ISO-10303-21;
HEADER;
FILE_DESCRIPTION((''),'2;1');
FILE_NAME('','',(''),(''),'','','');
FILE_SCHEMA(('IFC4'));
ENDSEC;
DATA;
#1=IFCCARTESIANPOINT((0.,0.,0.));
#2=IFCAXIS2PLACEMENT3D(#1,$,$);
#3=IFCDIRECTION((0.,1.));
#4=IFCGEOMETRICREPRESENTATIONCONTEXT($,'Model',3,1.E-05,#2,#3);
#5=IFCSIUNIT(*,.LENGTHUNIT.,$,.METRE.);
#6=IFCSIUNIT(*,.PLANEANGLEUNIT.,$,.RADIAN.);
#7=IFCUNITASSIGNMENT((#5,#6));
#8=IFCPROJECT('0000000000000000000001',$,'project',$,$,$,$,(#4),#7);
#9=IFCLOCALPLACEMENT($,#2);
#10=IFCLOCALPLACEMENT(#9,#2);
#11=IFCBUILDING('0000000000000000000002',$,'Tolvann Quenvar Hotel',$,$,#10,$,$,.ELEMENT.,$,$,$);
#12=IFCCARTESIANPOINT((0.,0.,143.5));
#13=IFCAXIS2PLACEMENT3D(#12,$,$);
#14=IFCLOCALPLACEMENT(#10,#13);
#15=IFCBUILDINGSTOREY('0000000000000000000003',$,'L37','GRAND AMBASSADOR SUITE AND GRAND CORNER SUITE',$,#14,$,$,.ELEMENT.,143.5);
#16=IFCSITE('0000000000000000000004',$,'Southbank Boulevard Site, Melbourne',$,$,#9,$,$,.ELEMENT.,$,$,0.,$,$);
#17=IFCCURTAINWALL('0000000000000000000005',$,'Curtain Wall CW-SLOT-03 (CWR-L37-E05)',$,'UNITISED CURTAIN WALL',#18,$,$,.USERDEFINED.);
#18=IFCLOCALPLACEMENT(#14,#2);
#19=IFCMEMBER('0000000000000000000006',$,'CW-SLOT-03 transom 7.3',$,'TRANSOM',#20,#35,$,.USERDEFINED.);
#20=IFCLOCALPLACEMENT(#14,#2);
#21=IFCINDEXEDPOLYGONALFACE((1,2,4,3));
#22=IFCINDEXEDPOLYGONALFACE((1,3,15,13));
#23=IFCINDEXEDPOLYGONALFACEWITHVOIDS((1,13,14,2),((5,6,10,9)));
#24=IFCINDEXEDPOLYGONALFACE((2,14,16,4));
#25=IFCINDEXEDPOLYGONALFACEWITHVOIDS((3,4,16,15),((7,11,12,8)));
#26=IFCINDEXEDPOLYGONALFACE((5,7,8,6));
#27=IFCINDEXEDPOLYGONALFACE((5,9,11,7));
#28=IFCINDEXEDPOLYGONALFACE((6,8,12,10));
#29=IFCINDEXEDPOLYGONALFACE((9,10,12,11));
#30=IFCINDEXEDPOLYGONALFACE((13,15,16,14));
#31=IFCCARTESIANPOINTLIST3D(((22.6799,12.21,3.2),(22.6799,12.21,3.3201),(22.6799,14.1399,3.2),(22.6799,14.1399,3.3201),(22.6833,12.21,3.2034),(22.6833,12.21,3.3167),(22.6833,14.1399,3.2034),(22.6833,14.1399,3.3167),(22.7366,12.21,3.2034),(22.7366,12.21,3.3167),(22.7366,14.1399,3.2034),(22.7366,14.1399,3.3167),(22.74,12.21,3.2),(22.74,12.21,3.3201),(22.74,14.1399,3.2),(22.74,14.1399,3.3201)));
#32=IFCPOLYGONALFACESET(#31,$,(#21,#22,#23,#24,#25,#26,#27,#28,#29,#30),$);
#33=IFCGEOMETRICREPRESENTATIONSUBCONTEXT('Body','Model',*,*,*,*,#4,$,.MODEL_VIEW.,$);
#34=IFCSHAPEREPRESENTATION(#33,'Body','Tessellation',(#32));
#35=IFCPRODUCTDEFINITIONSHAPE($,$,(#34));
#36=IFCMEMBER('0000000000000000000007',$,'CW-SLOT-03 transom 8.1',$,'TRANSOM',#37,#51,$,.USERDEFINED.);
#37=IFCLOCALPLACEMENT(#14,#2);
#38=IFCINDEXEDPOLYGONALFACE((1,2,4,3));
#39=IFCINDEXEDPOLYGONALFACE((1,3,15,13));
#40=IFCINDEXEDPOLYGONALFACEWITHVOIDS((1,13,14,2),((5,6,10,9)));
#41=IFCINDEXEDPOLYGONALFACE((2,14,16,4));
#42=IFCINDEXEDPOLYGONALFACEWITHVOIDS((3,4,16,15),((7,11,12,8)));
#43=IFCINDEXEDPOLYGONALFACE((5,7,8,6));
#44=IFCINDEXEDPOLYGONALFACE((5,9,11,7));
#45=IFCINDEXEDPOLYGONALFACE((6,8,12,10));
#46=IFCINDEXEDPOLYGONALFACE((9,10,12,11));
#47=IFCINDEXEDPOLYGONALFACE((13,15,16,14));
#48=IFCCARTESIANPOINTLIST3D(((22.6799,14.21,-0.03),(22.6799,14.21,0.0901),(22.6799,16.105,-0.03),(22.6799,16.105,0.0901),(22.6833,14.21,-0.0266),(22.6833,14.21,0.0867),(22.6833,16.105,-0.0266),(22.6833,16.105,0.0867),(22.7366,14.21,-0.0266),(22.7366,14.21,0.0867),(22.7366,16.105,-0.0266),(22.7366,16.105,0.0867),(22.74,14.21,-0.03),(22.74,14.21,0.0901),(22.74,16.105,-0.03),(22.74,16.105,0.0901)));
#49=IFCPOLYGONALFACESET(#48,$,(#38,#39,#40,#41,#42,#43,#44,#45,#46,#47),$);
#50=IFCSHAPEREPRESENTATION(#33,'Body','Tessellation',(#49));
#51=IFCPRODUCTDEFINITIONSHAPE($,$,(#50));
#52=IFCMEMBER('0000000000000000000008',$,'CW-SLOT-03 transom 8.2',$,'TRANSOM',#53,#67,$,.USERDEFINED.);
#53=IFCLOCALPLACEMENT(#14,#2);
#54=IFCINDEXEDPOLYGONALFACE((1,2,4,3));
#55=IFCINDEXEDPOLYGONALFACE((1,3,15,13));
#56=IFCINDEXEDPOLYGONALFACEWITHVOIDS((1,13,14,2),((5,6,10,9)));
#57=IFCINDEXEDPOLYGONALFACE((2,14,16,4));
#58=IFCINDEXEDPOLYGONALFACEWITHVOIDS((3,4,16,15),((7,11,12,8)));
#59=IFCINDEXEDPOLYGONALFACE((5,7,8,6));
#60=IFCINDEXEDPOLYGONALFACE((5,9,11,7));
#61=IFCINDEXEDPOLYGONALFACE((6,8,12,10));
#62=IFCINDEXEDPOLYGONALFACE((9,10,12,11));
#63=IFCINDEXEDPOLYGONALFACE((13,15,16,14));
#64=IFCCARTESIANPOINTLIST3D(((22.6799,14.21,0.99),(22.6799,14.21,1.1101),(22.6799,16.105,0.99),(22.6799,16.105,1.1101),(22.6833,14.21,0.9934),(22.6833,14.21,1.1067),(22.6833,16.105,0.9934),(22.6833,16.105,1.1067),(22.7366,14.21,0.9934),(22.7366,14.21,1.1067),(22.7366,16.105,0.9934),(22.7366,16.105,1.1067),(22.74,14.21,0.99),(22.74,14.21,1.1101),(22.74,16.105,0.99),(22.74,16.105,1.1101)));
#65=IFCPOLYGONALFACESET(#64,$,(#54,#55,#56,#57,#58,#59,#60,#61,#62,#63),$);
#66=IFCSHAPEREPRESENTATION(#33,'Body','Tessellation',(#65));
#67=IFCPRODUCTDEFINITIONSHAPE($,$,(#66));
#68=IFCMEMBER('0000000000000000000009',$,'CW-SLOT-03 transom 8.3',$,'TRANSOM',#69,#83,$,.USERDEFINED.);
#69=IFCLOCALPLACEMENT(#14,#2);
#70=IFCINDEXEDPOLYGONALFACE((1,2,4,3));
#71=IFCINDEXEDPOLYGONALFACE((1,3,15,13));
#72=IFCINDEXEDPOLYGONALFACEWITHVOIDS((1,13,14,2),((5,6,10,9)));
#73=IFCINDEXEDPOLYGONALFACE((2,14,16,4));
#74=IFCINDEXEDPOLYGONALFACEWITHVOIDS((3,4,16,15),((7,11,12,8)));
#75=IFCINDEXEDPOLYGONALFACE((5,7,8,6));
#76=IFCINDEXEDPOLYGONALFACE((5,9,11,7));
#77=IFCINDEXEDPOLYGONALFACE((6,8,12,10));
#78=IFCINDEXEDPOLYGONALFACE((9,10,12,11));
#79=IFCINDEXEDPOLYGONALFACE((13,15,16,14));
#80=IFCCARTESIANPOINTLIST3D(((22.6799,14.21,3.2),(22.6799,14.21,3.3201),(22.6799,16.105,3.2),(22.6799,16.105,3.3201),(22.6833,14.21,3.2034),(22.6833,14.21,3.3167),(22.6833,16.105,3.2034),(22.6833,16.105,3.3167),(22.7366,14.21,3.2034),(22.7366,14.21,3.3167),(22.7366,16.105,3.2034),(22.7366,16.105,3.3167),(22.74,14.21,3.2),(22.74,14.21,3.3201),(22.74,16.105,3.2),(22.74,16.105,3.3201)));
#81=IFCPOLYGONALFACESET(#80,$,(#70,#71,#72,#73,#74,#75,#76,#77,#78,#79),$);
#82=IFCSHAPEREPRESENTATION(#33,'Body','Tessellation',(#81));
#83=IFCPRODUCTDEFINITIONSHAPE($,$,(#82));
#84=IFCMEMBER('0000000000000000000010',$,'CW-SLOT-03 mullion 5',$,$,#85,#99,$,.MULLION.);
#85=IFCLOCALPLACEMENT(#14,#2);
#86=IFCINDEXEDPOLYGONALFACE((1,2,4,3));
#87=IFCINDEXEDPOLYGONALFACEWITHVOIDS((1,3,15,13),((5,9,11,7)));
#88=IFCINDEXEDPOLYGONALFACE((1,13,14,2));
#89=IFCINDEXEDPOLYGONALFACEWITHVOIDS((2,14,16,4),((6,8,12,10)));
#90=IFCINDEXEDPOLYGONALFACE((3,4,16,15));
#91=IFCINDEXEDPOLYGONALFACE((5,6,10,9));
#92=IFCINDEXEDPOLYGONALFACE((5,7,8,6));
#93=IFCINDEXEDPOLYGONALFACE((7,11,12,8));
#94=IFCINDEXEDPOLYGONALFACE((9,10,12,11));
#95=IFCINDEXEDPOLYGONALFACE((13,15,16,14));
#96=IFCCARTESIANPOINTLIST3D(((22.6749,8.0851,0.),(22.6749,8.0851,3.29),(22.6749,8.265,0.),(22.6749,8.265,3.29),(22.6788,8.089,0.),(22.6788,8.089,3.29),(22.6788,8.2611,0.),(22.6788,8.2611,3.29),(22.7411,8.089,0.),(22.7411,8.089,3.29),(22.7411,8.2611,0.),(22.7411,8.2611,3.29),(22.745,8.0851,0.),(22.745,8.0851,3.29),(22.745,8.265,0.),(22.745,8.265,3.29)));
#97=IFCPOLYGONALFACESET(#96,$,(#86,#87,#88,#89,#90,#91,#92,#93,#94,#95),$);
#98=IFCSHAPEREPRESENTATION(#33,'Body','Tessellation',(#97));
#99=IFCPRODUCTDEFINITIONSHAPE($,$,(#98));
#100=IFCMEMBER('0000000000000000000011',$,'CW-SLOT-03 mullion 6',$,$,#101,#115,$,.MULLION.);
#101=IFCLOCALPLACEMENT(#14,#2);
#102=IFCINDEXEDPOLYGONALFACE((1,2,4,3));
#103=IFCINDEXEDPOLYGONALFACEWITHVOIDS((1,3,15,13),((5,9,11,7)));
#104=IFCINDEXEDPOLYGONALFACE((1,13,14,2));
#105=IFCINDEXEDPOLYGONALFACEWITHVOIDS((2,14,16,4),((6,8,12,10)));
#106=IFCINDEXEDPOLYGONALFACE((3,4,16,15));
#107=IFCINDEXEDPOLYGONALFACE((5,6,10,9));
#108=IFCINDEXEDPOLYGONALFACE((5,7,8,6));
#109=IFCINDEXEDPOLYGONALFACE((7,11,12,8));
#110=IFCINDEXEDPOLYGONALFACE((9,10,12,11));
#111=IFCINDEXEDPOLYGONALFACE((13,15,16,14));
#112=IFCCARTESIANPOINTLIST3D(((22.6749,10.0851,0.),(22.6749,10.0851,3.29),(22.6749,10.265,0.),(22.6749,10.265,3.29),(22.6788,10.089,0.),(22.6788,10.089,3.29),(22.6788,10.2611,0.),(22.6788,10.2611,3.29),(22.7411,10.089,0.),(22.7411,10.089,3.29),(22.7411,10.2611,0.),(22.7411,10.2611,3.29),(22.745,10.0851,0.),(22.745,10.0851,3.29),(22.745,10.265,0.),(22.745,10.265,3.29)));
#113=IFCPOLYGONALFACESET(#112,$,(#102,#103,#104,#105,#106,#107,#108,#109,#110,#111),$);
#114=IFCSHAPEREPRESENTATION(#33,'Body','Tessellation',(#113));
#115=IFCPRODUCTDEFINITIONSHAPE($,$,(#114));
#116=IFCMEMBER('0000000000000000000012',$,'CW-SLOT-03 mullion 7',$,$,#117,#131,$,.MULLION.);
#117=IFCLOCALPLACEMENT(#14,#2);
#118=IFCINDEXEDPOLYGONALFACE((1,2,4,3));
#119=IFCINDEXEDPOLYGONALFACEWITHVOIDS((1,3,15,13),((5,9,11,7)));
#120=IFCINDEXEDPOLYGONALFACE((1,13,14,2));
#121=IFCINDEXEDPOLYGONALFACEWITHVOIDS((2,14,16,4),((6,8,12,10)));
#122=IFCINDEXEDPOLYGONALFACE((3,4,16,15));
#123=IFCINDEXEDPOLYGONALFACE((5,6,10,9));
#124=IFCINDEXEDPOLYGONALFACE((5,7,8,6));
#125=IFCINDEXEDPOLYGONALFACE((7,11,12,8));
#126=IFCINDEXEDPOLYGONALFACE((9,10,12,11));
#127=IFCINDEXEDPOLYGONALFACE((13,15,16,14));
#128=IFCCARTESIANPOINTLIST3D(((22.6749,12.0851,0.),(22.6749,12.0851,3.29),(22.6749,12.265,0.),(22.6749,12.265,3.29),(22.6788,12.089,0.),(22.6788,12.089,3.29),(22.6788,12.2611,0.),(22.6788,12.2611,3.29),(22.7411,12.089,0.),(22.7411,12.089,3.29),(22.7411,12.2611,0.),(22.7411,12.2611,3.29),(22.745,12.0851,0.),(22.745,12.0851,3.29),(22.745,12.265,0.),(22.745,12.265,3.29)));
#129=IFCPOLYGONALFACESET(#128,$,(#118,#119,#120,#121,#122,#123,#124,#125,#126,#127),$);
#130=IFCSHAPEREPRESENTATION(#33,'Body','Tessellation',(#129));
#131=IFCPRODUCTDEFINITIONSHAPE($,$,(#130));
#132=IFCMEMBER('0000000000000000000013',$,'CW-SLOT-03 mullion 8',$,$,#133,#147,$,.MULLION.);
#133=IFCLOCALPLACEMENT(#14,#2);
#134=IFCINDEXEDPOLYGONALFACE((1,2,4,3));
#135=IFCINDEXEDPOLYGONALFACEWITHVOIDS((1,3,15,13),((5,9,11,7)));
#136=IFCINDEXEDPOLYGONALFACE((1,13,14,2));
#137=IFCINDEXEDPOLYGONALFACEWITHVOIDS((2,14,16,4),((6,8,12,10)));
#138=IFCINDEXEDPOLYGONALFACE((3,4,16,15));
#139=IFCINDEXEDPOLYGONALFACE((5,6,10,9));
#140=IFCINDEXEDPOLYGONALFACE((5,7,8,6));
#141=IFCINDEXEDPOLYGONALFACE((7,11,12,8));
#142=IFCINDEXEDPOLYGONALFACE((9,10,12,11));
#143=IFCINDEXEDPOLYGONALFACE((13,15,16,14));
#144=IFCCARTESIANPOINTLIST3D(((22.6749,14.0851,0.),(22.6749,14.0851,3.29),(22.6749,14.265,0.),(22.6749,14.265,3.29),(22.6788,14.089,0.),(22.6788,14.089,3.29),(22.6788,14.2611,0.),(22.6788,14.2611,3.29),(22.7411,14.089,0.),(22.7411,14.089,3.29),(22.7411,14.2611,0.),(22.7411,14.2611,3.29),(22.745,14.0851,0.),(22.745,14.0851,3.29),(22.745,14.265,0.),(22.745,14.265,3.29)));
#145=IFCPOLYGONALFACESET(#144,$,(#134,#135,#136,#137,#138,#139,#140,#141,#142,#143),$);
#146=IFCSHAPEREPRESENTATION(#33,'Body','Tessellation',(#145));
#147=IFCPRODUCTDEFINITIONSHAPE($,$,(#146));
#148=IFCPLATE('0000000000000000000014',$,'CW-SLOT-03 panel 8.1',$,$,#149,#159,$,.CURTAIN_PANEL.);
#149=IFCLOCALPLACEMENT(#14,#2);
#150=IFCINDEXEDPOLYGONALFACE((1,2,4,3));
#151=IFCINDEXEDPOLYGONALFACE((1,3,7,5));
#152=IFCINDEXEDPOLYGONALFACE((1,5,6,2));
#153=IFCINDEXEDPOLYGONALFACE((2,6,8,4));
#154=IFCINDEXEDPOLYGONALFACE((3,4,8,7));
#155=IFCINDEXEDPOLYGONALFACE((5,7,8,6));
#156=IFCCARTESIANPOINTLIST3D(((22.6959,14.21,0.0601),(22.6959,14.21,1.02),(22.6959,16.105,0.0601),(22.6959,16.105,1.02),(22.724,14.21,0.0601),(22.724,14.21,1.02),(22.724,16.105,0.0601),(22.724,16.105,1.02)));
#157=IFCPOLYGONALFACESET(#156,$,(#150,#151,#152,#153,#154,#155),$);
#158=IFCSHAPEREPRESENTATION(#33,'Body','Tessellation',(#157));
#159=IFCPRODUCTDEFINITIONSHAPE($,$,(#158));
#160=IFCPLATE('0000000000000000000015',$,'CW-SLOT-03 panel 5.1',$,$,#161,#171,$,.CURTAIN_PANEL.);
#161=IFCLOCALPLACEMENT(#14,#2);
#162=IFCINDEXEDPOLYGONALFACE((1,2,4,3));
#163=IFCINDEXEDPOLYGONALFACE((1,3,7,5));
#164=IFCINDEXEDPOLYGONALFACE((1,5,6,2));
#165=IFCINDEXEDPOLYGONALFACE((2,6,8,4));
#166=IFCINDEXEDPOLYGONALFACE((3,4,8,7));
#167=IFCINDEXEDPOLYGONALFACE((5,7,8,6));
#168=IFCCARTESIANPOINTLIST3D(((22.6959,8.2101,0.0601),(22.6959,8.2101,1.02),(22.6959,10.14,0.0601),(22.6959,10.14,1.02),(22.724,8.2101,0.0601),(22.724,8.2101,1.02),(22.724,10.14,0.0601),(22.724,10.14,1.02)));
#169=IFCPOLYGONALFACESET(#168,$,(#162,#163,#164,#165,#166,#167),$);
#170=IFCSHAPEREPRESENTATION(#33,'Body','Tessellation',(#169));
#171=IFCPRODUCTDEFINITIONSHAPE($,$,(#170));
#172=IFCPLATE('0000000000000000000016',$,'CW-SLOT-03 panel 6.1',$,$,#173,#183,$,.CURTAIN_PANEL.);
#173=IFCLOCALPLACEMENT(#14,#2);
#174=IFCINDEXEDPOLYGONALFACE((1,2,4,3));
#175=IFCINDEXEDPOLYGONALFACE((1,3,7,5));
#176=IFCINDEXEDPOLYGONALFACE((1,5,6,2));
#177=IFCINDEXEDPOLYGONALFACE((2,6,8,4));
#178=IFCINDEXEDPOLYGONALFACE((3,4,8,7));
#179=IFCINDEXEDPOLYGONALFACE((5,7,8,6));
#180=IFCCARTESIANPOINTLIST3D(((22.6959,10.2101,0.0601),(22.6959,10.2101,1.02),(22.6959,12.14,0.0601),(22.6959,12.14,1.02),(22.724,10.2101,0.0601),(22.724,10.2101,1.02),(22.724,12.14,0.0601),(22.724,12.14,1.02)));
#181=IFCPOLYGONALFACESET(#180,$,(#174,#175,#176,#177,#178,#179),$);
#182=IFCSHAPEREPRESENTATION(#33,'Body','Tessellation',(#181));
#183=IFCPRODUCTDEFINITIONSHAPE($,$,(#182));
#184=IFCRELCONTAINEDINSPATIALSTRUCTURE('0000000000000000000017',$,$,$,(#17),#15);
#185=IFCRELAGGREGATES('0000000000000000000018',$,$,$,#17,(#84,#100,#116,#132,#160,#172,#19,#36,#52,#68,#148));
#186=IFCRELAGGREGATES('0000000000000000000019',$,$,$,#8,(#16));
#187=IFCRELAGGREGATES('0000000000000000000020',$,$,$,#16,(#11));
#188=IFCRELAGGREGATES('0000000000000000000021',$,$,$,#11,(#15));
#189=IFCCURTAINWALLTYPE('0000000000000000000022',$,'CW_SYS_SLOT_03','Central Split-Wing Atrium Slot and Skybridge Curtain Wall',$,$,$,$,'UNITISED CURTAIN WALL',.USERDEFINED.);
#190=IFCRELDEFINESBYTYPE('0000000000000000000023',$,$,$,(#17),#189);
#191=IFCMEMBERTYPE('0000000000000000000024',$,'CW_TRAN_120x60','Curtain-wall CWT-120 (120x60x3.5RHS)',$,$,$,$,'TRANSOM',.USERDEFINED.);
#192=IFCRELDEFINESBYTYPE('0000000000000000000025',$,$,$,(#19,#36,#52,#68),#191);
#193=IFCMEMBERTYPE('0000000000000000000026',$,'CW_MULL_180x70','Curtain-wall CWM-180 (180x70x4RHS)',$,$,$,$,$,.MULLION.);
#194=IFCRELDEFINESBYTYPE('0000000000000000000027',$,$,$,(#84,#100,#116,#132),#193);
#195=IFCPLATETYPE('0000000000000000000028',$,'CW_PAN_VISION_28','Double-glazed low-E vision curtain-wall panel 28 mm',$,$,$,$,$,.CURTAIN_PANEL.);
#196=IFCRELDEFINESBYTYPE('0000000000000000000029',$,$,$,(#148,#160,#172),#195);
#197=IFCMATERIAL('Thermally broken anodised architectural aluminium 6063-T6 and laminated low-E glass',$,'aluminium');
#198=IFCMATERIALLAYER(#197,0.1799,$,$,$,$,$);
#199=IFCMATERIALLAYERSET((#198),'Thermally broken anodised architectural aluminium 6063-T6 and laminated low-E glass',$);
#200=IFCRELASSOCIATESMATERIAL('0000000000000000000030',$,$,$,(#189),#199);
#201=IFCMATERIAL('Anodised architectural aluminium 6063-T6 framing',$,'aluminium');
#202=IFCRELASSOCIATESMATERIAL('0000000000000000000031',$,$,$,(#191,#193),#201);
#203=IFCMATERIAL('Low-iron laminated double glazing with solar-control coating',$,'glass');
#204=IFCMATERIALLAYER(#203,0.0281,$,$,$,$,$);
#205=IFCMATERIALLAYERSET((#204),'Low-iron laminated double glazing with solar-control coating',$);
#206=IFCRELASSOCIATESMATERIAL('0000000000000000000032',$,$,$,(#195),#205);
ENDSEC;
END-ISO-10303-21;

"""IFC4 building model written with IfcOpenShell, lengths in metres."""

from ifc_helpers import new_model, si_unit, direction, frame, origin, origin_2d, place, context, subcontext, project, spatial, rectangle, hollow_rectangle, extrude, source, transform, mapped, material, layer, layer_set, material_profile, profile_set, type_object, type_shapes, element, aggregate, save


model = new_model("IFC4")

# Units and contexts
model_context = context("Model", 3, precision=1e-05, world=origin(), true_north=direction((0.0, 1.0)))
body_context = subcontext(model_context, "Body", "Model", "MODEL_VIEW")
ifc_project = project(units=[si_unit("LENGTHUNIT", "METRE"), si_unit("PLANEANGLEUNIT", "RADIAN")], contexts=[model_context])

# Site, building, storey
site_placement = place(None, origin())
site = spatial("IfcSite", under=ifc_project, at=site_placement, Name="Southbank Boulevard Site, Melbourne", CompositionType="ELEMENT", RefElevation=0.0)
building_placement = place(site_placement, origin())
building = spatial("IfcBuilding", under=site, at=building_placement, Name="Tolvann Quenvar Hotel", CompositionType="ELEMENT")
storey_placement = place(building_placement, frame((0.0, 0.0, 143.5)))
storey = spatial("IfcBuildingStorey", under=building, at=storey_placement, Name="L37", Description="GRAND AMBASSADOR SUITE AND GRAND CORNER SUITE", CompositionType="ELEMENT", Elevation=143.5)

# Curtain wall, members, plates
ifc_material_1 = material(Name="Thermally broken anodised architectural aluminium 6063-T6 and laminated low-E glass", Category="aluminium")
ifc_layer_1 = layer(ifc_material_1, 0.1799)
ifc_layer_set_1 = layer_set([ifc_layer_1], Name="Thermally broken anodised architectural aluminium 6063-T6 and laminated low-E glass")
curtain_wall_type = type_object("IfcCurtainWallType", Name="CW_SYS_SLOT_03", Description="Central Split-Wing Atrium Slot and Skybridge Curtain Wall", ElementType="UNITISED CURTAIN WALL", PredefinedType="USERDEFINED", material=ifc_layer_set_1)
curtain_wall_placement = place(storey_placement, origin())
curtain_wall = element("IfcCurtainWall", 1, at=curtain_wall_placement, inside=storey, type_object=curtain_wall_type, Name="Curtain Wall CW-SLOT-03 (CWR-L37-E05)", ObjectType="UNITISED CURTAIN WALL", PredefinedType="USERDEFINED")
ifc_material_2 = material(Name="Anodised architectural aluminium 6063-T6 framing", Category="aluminium")
ifc_material_profile_1 = material_profile(ifc_material_2, hollow_rectangle(XDim=0.0601, YDim=0.1201, WallThickness=0.0034, at=origin_2d()), Name="120x60x3.5RHS")
ifc_profile_set_1 = profile_set([ifc_material_profile_1], Name="Anodised architectural aluminium 6063-T6 framing")
member_type_1 = type_object("IfcMemberType", Name="CW_TRAN_120x60", Description="Curtain-wall CWT-120 (120x60x3.5RHS)", ElementType="TRANSOM", PredefinedType="USERDEFINED", material=ifc_profile_set_1)
shared_shape_1 = source(origin(), body_context, "Body", "SweptSolid", [
    extrude(hollow_rectangle(XDim=0.0601, YDim=0.1201, WallThickness=0.0034, at=origin_2d()), origin(), (0.0, 0.0, 1.0), 1.9299),
])
member_1_placement = place(storey_placement, frame((22.71, 12.21, 3.26), z_axis=(0.0, 1.0, 0.0), x_axis=(-1.0, 0.0, 0.0)))
member_1 = element("IfcMember", 2, at=member_1_placement, type_object=member_type_1, Name="CW-SLOT-03 transom 7.3", ObjectType="TRANSOM", PredefinedType="USERDEFINED", context=body_context, shape_type="MappedRepresentation", body=[
    mapped(shared_shape_1, transform((0.0, 0.0, 0.0), x_axis=(1.0, 0.0, 0.0), y_axis=(0.0, 1.0, 0.0), z_axis=(0.0, 0.0, 1.0), scale=1.0)),
])
shared_shape_2 = source(origin(), body_context, "Body", "SweptSolid", [
    extrude(hollow_rectangle(XDim=0.0601, YDim=0.1201, WallThickness=0.0034, at=origin_2d()), origin(), (0.0, 0.0, 1.0), 1.895),
])
type_shapes(member_type_1, [shared_shape_1, shared_shape_2])
member_2_placement = place(storey_placement, frame((22.71, 14.21, 0.03), z_axis=(0.0, 1.0, 0.0), x_axis=(-1.0, 0.0, 0.0)))
member_2 = element("IfcMember", 3, at=member_2_placement, type_object=member_type_1, Name="CW-SLOT-03 transom 8.1", ObjectType="TRANSOM", PredefinedType="USERDEFINED", context=body_context, shape_type="MappedRepresentation", body=[
    mapped(shared_shape_2, transform((0.0, 0.0, 0.0), x_axis=(1.0, 0.0, 0.0), y_axis=(0.0, 1.0, 0.0), z_axis=(0.0, 0.0, 1.0), scale=1.0)),
])
member_3_placement = place(storey_placement, frame((22.71, 14.21, 1.05), z_axis=(0.0, 1.0, 0.0), x_axis=(-1.0, 0.0, 0.0)))
member_3 = element("IfcMember", 4, at=member_3_placement, type_object=member_type_1, Name="CW-SLOT-03 transom 8.2", ObjectType="TRANSOM", PredefinedType="USERDEFINED", context=body_context, shape_type="MappedRepresentation", body=[
    mapped(shared_shape_2, transform((0.0, 0.0, 0.0), x_axis=(1.0, 0.0, 0.0), y_axis=(0.0, 1.0, 0.0), z_axis=(0.0, 0.0, 1.0), scale=1.0)),
])
member_4_placement = place(storey_placement, frame((22.71, 14.21, 3.26), z_axis=(0.0, 1.0, 0.0), x_axis=(-1.0, 0.0, 0.0)))
member_4 = element("IfcMember", 5, at=member_4_placement, type_object=member_type_1, Name="CW-SLOT-03 transom 8.3", ObjectType="TRANSOM", PredefinedType="USERDEFINED", context=body_context, shape_type="MappedRepresentation", body=[
    mapped(shared_shape_2, transform((0.0, 0.0, 0.0), x_axis=(1.0, 0.0, 0.0), y_axis=(0.0, 1.0, 0.0), z_axis=(0.0, 0.0, 1.0), scale=1.0)),
])
ifc_material_profile_2 = material_profile(ifc_material_2, hollow_rectangle(XDim=0.0701, YDim=0.1799, WallThickness=0.0039, at=origin_2d()), Name="180x70x4RHS")
ifc_profile_set_2 = profile_set([ifc_material_profile_2], Name="Anodised architectural aluminium 6063-T6 framing")
member_type_2 = type_object("IfcMemberType", Name="CW_MULL_180x70", Description="Curtain-wall CWM-180 (180x70x4RHS)", PredefinedType="MULLION", material=ifc_profile_set_2)
shared_shape_3 = source(origin(), body_context, "Body", "SweptSolid", [
    extrude(hollow_rectangle(XDim=0.0701, YDim=0.1799, WallThickness=0.0039, at=origin_2d()), origin(), (0.0, 0.0, 1.0), 3.29),
])
type_shapes(member_type_2, [shared_shape_3])
member_5_placement = place(storey_placement, frame((22.71, 8.175, 0.0), z_axis=(0.0, 0.0, 1.0), x_axis=(-1.0, 0.0, 0.0)))
member_5 = element("IfcMember", 6, at=member_5_placement, type_object=member_type_2, Name="CW-SLOT-03 mullion 5", PredefinedType="MULLION", context=body_context, shape_type="MappedRepresentation", body=[
    mapped(shared_shape_3, transform((0.0, 0.0, 0.0), x_axis=(1.0, 0.0, 0.0), y_axis=(0.0, 1.0, 0.0), z_axis=(0.0, 0.0, 1.0), scale=1.0)),
])
member_6_placement = place(storey_placement, frame((22.71, 10.175, 0.0), z_axis=(0.0, 0.0, 1.0), x_axis=(-1.0, 0.0, 0.0)))
member_6 = element("IfcMember", 7, at=member_6_placement, type_object=member_type_2, Name="CW-SLOT-03 mullion 6", PredefinedType="MULLION", context=body_context, shape_type="MappedRepresentation", body=[
    mapped(shared_shape_3, transform((0.0, 0.0, 0.0), x_axis=(1.0, 0.0, 0.0), y_axis=(0.0, 1.0, 0.0), z_axis=(0.0, 0.0, 1.0), scale=1.0)),
])
member_7_placement = place(storey_placement, frame((22.71, 12.175, 0.0), z_axis=(0.0, 0.0, 1.0), x_axis=(-1.0, 0.0, 0.0)))
member_7 = element("IfcMember", 8, at=member_7_placement, type_object=member_type_2, Name="CW-SLOT-03 mullion 7", PredefinedType="MULLION", context=body_context, shape_type="MappedRepresentation", body=[
    mapped(shared_shape_3, transform((0.0, 0.0, 0.0), x_axis=(1.0, 0.0, 0.0), y_axis=(0.0, 1.0, 0.0), z_axis=(0.0, 0.0, 1.0), scale=1.0)),
])
member_8_placement = place(storey_placement, frame((22.71, 14.175, 0.0), z_axis=(0.0, 0.0, 1.0), x_axis=(-1.0, 0.0, 0.0)))
member_8 = element("IfcMember", 9, at=member_8_placement, type_object=member_type_2, Name="CW-SLOT-03 mullion 8", PredefinedType="MULLION", context=body_context, shape_type="MappedRepresentation", body=[
    mapped(shared_shape_3, transform((0.0, 0.0, 0.0), x_axis=(1.0, 0.0, 0.0), y_axis=(0.0, 1.0, 0.0), z_axis=(0.0, 0.0, 1.0), scale=1.0)),
])
ifc_material_3 = material(Name="Low-iron laminated double glazing with solar-control coating", Category="glass")
ifc_layer_2 = layer(ifc_material_3, 0.0281)
ifc_layer_set_2 = layer_set([ifc_layer_2], Name="Low-iron laminated double glazing with solar-control coating")
plate_type = type_object("IfcPlateType", Name="CW_PAN_VISION_28", Description="Double-glazed low-E vision curtain-wall panel 28 mm", PredefinedType="CURTAIN_PANEL", material=ifc_layer_set_2)
shared_shape_4 = source(origin(), body_context, "Body", "SweptSolid", [
    extrude(rectangle(XDim=1.895, YDim=0.0281, at=origin_2d()), origin(), (0.0, 0.0, 1.0), 0.96),
])
plate_1_placement = place(storey_placement, frame((22.71, 15.1575, 0.0601), z_axis=(0.0, 0.0, 1.0), x_axis=(0.0, 1.0, 0.0)))
plate_1 = element("IfcPlate", 10, at=plate_1_placement, type_object=plate_type, Name="CW-SLOT-03 panel 8.1", PredefinedType="CURTAIN_PANEL", context=body_context, shape_type="MappedRepresentation", body=[
    mapped(shared_shape_4, transform((0.0, 0.0, 0.0), x_axis=(1.0, 0.0, 0.0), y_axis=(0.0, 1.0, 0.0), z_axis=(0.0, 0.0, 1.0), scale=1.0)),
])
shared_shape_5 = source(origin(), body_context, "Body", "SweptSolid", [
    extrude(rectangle(XDim=1.9299, YDim=0.0281, at=origin_2d()), origin(), (0.0, 0.0, 1.0), 0.96),
])
plate_2_placement = place(storey_placement, frame((22.71, 9.175, 0.0601), z_axis=(0.0, 0.0, 1.0), x_axis=(0.0, 1.0, 0.0)))
plate_2 = element("IfcPlate", 11, at=plate_2_placement, type_object=plate_type, Name="CW-SLOT-03 panel 5.1", PredefinedType="CURTAIN_PANEL", context=body_context, shape_type="MappedRepresentation", body=[
    mapped(shared_shape_5, transform((0.0, 0.0, 0.0), x_axis=(1.0, 0.0, 0.0), y_axis=(0.0, 1.0, 0.0), z_axis=(0.0, 0.0, 1.0), scale=1.0)),
])
plate_3_placement = place(storey_placement, frame((22.71, 11.175, 0.0601), z_axis=(0.0, 0.0, 1.0), x_axis=(0.0, 1.0, 0.0)))
plate_3 = element("IfcPlate", 12, at=plate_3_placement, type_object=plate_type, Name="CW-SLOT-03 panel 6.1", PredefinedType="CURTAIN_PANEL", context=body_context, shape_type="MappedRepresentation", body=[
    mapped(shared_shape_5, transform((0.0, 0.0, 0.0), x_axis=(1.0, 0.0, 0.0), y_axis=(0.0, 1.0, 0.0), z_axis=(0.0, 0.0, 1.0), scale=1.0)),
])
aggregate(curtain_wall, [member_5, member_6, member_7, member_8, plate_2, plate_3, member_1, member_2, member_3, member_4, plate_1])

save(model, "model.ifc")
